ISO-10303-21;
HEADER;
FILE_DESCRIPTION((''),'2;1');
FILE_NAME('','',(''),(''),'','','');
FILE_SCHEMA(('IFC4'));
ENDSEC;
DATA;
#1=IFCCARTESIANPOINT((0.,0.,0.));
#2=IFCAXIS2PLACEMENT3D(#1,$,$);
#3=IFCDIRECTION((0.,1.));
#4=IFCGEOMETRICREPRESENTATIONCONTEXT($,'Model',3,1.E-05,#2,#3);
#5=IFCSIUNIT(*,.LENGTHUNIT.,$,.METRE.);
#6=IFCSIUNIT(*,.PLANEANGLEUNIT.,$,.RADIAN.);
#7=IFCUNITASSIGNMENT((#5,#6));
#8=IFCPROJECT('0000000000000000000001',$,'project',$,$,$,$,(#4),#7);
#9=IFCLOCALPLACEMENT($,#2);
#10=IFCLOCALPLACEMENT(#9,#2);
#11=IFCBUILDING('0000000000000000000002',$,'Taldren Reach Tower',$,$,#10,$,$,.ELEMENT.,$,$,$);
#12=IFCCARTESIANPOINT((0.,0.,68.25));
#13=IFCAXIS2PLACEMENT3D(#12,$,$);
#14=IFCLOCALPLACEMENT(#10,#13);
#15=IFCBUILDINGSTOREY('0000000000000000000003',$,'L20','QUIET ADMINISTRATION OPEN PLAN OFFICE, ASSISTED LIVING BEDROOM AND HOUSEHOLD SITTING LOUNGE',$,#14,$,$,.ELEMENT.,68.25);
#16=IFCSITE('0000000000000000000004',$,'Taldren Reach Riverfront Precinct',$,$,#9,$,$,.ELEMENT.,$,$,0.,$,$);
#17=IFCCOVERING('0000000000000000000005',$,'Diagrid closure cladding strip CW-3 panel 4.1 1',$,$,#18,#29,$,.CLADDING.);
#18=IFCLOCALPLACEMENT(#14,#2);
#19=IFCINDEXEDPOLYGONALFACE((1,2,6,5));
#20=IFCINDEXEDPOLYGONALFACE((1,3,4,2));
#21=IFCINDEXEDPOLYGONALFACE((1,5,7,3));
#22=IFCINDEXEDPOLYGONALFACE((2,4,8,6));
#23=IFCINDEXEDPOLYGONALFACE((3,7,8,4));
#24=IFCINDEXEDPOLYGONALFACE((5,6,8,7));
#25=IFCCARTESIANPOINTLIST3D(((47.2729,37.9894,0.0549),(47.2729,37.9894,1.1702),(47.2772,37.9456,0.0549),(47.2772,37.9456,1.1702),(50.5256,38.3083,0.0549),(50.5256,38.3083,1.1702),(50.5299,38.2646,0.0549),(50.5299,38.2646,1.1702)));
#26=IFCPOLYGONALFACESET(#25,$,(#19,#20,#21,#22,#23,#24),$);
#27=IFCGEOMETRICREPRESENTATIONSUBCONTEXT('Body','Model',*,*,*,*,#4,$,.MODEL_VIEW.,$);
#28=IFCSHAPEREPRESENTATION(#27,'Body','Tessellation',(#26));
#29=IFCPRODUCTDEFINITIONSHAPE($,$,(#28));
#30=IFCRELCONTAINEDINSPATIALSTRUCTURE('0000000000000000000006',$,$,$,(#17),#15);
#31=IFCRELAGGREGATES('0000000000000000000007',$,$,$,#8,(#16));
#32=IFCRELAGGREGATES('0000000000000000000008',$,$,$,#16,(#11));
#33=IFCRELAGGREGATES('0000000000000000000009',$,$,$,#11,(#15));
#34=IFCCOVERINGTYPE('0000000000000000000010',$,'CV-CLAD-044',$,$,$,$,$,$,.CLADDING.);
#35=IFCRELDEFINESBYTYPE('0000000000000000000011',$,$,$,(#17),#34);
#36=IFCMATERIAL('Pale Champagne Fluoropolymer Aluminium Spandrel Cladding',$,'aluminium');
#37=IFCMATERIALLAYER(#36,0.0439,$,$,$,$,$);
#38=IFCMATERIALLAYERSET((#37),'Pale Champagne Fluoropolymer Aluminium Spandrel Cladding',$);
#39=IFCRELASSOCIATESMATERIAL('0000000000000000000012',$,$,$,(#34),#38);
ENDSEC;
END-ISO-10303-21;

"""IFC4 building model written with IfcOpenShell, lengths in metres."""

from ifc_helpers import new_model, si_unit, direction, frame, origin, origin_2d, place, context, subcontext, project, spatial, rectangle, extrude, source, transform, mapped, material, layer, layer_set, type_object, element, save


model = new_model("IFC4")

# Units and contexts
model_context = context("Model", 3, precision=1e-05, world=origin(), true_north=direction((0.0, 1.0)))
body_context = subcontext(model_context, "Body", "Model", "MODEL_VIEW")
ifc_project = project(units=[si_unit("LENGTHUNIT", "METRE"), si_unit("PLANEANGLEUNIT", "RADIAN")], contexts=[model_context])

# Site, building, storey
site_placement = place(None, origin())
site = spatial("IfcSite", under=ifc_project, at=site_placement, Name="Taldren Reach Riverfront Precinct", CompositionType="ELEMENT", RefElevation=0.0)
building_placement = place(site_placement, origin())
building = spatial("IfcBuilding", under=site, at=building_placement, Name="Taldren Reach Tower", CompositionType="ELEMENT")
storey_placement = place(building_placement, frame((0.0, 0.0, 68.25)))
storey = spatial("IfcBuildingStorey", under=building, at=storey_placement, Name="L20", Description="QUIET ADMINISTRATION OPEN PLAN OFFICE, ASSISTED LIVING BEDROOM AND HOUSEHOLD SITTING LOUNGE", CompositionType="ELEMENT", Elevation=68.25)

# Covering
ifc_material_1 = material(Name="Pale Champagne Fluoropolymer Aluminium Spandrel Cladding", Category="aluminium")
ifc_layer_1 = layer(ifc_material_1, 0.0439)
ifc_layer_set_1 = layer_set([ifc_layer_1], Name="Pale Champagne Fluoropolymer Aluminium Spandrel Cladding")
covering_type = type_object("IfcCoveringType", Name="CV-CLAD-044", PredefinedType="CLADDING", material=ifc_layer_set_1)
shared_shape_1 = source(origin(), body_context, "Body", "SweptSolid", [
    extrude(rectangle(XDim=3.2683, YDim=0.0439, at=origin_2d()), origin(), (0.0, 0.0, 1.0), 1.1152),
])
covering_1_placement = place(storey_placement, frame((48.9014, 38.127, 0.0549), z_axis=(0.0, 0.0, 1.0), x_axis=(-0.995227, -0.097583, 0.0)))
element("IfcCovering", 1, at=covering_1_placement, inside=storey, type_object=covering_type, Name="Diagrid closure cladding strip CW-3 panel 4.1 1", PredefinedType="CLADDING", context=body_context, shape_type="MappedRepresentation", body=[
    mapped(shared_shape_1, transform((0.0, 0.0, 0.0), scale=1.0)),
])

save(model, "model.ifc")
